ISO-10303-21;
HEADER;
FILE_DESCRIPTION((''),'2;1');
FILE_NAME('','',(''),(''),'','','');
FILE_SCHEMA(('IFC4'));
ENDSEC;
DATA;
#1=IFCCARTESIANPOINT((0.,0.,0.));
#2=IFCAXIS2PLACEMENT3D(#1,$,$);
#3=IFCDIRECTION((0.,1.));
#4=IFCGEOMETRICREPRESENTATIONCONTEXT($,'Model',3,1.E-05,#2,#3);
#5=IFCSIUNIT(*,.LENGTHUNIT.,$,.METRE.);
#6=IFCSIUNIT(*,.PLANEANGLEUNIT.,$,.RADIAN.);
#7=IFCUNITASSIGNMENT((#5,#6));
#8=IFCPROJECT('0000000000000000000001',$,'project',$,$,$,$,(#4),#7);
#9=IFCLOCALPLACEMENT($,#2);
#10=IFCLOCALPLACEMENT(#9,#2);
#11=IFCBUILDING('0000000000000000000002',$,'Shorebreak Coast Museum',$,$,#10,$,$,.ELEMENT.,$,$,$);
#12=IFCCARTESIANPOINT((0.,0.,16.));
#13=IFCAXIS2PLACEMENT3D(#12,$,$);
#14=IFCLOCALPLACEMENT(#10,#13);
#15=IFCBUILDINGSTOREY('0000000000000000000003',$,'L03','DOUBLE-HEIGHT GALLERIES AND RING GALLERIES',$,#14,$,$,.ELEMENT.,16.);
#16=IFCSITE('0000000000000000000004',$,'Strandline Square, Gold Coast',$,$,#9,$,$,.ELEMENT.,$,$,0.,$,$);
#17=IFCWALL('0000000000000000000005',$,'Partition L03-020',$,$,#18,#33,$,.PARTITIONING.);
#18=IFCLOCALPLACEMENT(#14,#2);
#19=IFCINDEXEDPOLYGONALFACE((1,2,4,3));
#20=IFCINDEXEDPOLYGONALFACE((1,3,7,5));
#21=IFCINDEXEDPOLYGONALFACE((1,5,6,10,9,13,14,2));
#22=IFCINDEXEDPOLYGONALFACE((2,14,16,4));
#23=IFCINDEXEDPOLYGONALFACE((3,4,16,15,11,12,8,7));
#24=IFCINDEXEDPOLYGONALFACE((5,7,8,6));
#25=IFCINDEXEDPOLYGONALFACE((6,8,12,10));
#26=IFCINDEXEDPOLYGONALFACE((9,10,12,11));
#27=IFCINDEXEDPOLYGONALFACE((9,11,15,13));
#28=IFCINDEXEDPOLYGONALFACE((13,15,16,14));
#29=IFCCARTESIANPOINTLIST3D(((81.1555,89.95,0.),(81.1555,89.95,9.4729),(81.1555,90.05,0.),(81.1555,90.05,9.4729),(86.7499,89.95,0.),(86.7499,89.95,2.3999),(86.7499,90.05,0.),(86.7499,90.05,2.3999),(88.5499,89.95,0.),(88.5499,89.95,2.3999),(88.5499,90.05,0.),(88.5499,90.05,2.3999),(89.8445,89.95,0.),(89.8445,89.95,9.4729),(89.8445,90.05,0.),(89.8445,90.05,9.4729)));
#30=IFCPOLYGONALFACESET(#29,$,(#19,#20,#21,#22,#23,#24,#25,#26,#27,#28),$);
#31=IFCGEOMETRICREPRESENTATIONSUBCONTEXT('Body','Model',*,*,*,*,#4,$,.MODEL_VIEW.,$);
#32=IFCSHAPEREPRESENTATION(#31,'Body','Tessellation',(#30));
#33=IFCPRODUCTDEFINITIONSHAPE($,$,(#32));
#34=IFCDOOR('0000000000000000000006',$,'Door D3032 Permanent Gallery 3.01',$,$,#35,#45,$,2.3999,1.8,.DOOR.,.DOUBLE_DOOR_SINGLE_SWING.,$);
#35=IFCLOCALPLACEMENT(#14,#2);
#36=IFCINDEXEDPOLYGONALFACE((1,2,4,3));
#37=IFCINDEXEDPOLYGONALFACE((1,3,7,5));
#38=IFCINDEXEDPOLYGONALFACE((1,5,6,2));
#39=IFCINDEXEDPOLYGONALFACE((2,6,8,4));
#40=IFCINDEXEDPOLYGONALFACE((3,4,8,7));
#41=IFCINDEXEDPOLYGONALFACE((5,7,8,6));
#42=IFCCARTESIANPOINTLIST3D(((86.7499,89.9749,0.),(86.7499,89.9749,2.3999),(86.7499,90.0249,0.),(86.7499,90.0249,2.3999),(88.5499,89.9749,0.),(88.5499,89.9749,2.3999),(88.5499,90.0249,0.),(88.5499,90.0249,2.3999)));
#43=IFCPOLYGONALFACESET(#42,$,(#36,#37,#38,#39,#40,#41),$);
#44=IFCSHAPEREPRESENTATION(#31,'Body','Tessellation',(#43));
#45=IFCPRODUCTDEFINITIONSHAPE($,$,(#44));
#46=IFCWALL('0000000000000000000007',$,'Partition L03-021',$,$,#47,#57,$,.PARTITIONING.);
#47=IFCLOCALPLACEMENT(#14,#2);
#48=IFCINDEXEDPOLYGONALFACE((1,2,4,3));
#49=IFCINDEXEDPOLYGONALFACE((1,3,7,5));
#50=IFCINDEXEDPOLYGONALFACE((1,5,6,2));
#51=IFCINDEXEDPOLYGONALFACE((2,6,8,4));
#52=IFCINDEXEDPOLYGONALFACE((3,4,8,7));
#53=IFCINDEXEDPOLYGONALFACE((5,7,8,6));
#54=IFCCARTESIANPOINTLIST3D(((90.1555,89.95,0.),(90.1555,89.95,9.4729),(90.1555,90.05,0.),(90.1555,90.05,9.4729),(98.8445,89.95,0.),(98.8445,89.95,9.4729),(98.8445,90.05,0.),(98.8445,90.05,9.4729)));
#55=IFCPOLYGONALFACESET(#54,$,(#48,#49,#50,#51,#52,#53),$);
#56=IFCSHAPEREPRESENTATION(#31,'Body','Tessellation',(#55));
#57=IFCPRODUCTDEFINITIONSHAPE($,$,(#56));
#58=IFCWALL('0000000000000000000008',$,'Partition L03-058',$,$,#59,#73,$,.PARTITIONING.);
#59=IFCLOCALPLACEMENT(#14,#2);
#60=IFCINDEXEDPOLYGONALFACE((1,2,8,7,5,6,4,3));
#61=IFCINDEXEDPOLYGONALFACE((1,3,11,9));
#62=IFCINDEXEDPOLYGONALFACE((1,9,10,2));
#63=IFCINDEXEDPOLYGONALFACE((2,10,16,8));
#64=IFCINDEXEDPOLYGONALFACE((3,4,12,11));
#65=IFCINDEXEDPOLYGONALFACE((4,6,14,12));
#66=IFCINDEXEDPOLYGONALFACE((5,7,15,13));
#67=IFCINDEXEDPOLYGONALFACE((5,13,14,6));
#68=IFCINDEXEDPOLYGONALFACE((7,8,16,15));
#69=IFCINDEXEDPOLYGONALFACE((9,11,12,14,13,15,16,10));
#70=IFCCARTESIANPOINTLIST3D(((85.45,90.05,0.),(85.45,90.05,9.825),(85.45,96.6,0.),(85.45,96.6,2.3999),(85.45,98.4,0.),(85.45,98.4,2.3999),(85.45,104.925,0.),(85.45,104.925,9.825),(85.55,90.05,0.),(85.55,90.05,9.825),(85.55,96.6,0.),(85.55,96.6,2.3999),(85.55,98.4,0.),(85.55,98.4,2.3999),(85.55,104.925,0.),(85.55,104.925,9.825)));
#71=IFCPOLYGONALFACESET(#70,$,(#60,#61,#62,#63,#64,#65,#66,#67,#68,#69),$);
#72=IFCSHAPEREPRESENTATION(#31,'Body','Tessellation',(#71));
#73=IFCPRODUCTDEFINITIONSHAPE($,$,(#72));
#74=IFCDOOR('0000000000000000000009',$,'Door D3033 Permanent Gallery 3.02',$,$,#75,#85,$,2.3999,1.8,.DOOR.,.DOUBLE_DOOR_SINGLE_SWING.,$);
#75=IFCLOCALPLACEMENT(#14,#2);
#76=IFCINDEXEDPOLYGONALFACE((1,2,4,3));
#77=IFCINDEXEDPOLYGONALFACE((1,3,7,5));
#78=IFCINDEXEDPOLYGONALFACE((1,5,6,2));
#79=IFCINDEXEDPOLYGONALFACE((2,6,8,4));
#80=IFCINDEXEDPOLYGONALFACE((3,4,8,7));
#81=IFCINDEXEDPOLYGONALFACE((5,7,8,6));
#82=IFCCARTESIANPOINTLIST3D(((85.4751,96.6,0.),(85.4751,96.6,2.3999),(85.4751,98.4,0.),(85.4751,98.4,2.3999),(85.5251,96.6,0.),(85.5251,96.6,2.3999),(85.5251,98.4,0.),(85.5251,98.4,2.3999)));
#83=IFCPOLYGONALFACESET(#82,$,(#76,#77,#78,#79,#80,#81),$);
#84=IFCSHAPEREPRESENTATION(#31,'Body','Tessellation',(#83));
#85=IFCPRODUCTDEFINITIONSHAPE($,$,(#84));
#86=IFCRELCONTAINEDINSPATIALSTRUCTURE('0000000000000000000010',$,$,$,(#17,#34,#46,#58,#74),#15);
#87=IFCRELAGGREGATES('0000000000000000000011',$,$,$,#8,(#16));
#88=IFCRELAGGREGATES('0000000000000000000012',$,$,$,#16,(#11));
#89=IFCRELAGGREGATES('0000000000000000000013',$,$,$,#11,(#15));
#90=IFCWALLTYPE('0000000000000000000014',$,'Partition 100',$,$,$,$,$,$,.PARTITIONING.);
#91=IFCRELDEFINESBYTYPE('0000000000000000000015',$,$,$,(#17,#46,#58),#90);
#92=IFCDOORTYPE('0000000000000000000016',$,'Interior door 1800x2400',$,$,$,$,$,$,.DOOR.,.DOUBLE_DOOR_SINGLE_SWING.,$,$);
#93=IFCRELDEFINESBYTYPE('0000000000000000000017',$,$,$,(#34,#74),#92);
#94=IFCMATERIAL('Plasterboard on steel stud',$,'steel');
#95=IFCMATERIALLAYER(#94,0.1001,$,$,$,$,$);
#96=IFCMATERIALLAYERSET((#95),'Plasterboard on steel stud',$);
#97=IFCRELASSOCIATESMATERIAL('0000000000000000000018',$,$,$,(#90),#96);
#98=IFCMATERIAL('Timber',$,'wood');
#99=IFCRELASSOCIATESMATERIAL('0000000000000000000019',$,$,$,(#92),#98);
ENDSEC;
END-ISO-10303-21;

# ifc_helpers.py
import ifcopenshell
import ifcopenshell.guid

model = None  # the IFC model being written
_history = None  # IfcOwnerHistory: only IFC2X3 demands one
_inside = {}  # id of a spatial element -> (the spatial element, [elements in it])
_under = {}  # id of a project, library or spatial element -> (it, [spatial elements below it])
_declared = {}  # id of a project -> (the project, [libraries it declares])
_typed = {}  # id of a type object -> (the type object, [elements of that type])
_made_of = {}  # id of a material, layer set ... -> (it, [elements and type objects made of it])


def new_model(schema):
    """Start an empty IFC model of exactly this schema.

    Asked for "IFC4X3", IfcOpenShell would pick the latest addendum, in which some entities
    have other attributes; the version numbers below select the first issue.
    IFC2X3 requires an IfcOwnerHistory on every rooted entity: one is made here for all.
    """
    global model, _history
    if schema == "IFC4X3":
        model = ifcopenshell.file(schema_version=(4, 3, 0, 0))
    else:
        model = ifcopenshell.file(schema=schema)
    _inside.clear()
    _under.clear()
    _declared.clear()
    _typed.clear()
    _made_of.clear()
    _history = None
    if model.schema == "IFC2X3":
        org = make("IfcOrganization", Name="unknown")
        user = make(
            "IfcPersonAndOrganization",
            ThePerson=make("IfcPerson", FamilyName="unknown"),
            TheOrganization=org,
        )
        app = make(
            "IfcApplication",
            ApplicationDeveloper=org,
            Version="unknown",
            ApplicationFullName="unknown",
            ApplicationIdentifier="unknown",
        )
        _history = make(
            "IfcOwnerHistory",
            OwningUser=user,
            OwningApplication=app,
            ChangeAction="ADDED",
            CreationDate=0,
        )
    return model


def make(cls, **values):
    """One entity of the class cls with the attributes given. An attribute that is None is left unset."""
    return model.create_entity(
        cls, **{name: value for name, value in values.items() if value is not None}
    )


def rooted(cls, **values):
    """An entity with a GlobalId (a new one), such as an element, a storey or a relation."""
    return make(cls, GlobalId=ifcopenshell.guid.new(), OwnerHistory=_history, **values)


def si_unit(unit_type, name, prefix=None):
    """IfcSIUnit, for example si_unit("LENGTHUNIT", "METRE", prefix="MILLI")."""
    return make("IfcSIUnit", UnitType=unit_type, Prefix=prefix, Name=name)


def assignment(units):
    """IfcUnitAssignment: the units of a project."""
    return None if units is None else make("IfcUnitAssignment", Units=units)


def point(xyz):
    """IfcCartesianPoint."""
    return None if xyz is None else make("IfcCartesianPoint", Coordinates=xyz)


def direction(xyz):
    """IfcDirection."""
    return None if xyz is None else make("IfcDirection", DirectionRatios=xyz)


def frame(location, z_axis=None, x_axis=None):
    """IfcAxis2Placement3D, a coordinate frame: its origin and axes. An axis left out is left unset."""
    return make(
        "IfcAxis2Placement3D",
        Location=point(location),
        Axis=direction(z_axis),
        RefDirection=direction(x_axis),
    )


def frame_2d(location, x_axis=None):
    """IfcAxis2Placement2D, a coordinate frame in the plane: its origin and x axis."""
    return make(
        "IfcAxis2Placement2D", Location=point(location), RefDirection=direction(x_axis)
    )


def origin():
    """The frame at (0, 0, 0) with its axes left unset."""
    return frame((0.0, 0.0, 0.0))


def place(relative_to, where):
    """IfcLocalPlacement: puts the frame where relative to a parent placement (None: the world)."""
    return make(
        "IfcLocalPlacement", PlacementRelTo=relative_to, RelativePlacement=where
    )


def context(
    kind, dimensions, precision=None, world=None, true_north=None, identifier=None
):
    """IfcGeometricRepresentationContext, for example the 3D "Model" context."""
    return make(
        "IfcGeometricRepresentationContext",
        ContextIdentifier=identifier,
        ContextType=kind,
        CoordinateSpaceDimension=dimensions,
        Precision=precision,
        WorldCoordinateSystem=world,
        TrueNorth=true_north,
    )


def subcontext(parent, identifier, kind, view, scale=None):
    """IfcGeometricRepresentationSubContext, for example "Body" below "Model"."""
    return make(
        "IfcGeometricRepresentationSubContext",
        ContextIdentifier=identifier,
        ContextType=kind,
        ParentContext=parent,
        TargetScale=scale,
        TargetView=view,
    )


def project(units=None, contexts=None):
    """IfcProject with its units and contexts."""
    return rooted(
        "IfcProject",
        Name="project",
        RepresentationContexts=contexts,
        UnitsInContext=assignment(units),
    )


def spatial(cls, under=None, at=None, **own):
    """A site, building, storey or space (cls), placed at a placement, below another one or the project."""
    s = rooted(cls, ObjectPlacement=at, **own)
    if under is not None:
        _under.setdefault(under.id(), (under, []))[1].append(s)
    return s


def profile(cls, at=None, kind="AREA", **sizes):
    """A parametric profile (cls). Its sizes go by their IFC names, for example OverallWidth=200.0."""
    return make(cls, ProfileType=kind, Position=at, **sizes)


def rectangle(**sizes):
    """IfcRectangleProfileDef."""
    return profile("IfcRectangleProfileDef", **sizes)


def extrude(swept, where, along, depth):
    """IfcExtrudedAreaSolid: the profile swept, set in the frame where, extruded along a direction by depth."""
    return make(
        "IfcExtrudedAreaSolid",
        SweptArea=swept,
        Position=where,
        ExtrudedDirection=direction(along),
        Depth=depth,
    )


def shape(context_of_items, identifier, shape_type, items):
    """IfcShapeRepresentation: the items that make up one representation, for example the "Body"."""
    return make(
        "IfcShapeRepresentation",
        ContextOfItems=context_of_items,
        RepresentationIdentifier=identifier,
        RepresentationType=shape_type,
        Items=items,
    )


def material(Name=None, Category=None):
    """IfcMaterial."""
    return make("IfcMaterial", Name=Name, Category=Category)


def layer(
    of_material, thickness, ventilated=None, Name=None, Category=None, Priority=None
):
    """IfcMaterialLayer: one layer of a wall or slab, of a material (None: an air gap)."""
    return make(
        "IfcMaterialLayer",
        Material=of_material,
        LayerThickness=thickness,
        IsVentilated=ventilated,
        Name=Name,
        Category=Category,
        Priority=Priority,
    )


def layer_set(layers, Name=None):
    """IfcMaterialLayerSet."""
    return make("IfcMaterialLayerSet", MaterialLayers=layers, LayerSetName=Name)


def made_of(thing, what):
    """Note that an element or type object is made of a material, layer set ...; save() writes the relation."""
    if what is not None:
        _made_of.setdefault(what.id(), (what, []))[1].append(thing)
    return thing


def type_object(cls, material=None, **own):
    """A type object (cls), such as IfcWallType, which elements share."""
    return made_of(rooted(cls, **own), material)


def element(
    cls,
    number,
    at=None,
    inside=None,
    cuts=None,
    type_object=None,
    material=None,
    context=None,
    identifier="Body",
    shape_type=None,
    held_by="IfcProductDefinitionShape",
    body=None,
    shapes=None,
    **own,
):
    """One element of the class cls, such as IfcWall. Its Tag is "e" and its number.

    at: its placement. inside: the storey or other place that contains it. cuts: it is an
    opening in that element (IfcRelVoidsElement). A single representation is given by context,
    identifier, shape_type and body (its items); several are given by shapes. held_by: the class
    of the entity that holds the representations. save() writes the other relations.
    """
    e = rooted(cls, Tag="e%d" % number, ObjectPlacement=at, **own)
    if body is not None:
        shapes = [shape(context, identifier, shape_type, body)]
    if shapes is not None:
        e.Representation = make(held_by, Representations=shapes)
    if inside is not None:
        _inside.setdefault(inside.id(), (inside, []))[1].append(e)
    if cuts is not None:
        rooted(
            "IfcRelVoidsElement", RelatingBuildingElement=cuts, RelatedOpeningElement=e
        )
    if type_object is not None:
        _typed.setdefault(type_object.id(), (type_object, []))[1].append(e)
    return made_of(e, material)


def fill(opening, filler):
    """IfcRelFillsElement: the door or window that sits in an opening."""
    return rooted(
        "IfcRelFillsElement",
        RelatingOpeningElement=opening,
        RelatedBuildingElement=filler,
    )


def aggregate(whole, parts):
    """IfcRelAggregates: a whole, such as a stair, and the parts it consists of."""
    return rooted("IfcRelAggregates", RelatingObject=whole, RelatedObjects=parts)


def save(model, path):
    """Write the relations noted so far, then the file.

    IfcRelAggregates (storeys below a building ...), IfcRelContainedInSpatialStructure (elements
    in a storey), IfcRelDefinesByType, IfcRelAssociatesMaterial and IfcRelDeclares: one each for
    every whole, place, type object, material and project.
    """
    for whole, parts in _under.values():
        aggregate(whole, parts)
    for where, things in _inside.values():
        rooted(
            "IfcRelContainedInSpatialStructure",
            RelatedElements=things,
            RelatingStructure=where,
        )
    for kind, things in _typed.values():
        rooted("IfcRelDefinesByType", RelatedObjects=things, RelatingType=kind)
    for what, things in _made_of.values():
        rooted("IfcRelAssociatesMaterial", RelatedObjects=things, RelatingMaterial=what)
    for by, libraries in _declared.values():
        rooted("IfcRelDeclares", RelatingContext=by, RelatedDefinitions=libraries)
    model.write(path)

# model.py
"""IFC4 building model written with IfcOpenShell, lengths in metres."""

from ifc_helpers import new_model, si_unit, direction, frame, frame_2d, origin, place, context, subcontext, project, spatial, rectangle, extrude, material, layer, layer_set, type_object, element, fill, save


model = new_model("IFC4")

# Units and contexts
model_context = context("Model", 3, precision=1e-05, world=origin(), true_north=direction((0.0, 1.0)))
body_context = subcontext(model_context, "Body", "Model", "MODEL_VIEW")
ifc_project = project(units=[si_unit("LENGTHUNIT", "METRE"), si_unit("PLANEANGLEUNIT", "RADIAN")], contexts=[model_context])

# Site, building, storey
site_placement = place(None, origin())
site = spatial("IfcSite", under=ifc_project, at=site_placement, Name="Strandline Square, Gold Coast", CompositionType="ELEMENT", RefElevation=0.0)
building_placement = place(site_placement, origin())
building = spatial("IfcBuilding", under=site, at=building_placement, Name="Shorebreak Coast Museum", CompositionType="ELEMENT")
storey_placement = place(building_placement, frame((0.0, 0.0, 16.0)))
storey = spatial("IfcBuildingStorey", under=building, at=storey_placement, Name="L03", Description="DOUBLE-HEIGHT GALLERIES AND RING GALLERIES", CompositionType="ELEMENT", Elevation=16.0)

# Wall, opening, door
ifc_material_1 = material(Name="Plasterboard on steel stud", Category="steel")
ifc_layer_1 = layer(ifc_material_1, 0.1001)
ifc_layer_set_1 = layer_set([ifc_layer_1], Name="Plasterboard on steel stud")
wall_type_1 = type_object("IfcWallType", Name="Partition 100", PredefinedType="PARTITIONING", material=ifc_layer_set_1)
wall_1_placement = place(storey_placement, frame((81.1555, 90.0, 0.0), z_axis=(0.0, 0.0, 1.0), x_axis=(1.0, 0.0, 0.0)))
wall_1 = element("IfcWall", 1, at=wall_1_placement, inside=storey, type_object=wall_type_1, Name="Partition L03-020", PredefinedType="PARTITIONING", context=body_context, shape_type="SweptSolid", body=[
    extrude(rectangle(XDim=8.689, YDim=0.1001, at=frame_2d((4.3445, 0.0))), origin(), (0.0, 0.0, 1.0), 9.4729),
])
opening_1_placement = place(wall_1_placement, frame((5.5945, 0.0, 0.0)))
opening_1 = element("IfcOpeningElement", 2, at=opening_1_placement, cuts=wall_1, PredefinedType="OPENING", context=body_context, shape_type="SweptSolid", body=[
    extrude(rectangle(XDim=1.8, YDim=2.3999, at=frame_2d((0.8999, 1.2))), frame((0.0, 0.0601, 0.0), z_axis=(0.0, -1.0, 0.0), x_axis=(1.0, 0.0, 0.0)), (0.0, 0.0, 1.0), 0.1201),
])
ifc_material_2 = material(Name="Timber", Category="wood")
door_type = type_object("IfcDoorType", Name="Interior door 1800x2400", OperationType="DOUBLE_DOOR_SINGLE_SWING", PredefinedType="DOOR", material=ifc_material_2)
door_1_placement = place(opening_1_placement, origin())
door_1 = element("IfcDoor", 3, at=door_1_placement, inside=storey, type_object=door_type, Name="Door D3032 Permanent Gallery 3.01", OperationType="DOUBLE_DOOR_SINGLE_SWING", OverallHeight=2.3999, OverallWidth=1.8, PredefinedType="DOOR", context=body_context, shape_type="SweptSolid", body=[
    extrude(rectangle(XDim=1.8, YDim=2.3999, at=frame_2d((0.8999, 1.2))), frame((0.0, 0.0249, 0.0), z_axis=(0.0, -1.0, 0.0), x_axis=(1.0, 0.0, 0.0)), (0.0, 0.0, 1.0), 0.05),
])
fill(opening_1, door_1)

# Wall
wall_2_placement = place(storey_placement, frame((90.1555, 90.0, 0.0), z_axis=(0.0, 0.0, 1.0), x_axis=(1.0, 0.0, 0.0)))
element("IfcWall", 4, at=wall_2_placement, inside=storey, type_object=wall_type_1, Name="Partition L03-021", PredefinedType="PARTITIONING", context=body_context, shape_type="SweptSolid", body=[
    extrude(rectangle(XDim=8.689, YDim=0.1001, at=frame_2d((4.3445, 0.0))), origin(), (0.0, 0.0, 1.0), 9.4729),
])

# Wall, opening, door
wall_3_placement = place(storey_placement, frame((85.5, 90.05, 0.0), z_axis=(0.0, 0.0, 1.0), x_axis=(0.0, 1.0, 0.0)))
wall_3 = element("IfcWall", 5, at=wall_3_placement, inside=storey, type_object=wall_type_1, Name="Partition L03-058", PredefinedType="PARTITIONING", context=body_context, shape_type="SweptSolid", body=[
    extrude(rectangle(XDim=14.875, YDim=0.1001, at=frame_2d((7.4375, 0.0))), origin(), (0.0, 0.0, 1.0), 9.825),
])
opening_2_placement = place(wall_3_placement, frame((6.55, 0.0, 0.0)))
opening_2 = element("IfcOpeningElement", 6, at=opening_2_placement, cuts=wall_3, PredefinedType="OPENING", context=body_context, shape_type="SweptSolid", body=[
    extrude(rectangle(XDim=1.8, YDim=2.3999, at=frame_2d((0.8999, 1.2))), frame((0.0, 0.0601, 0.0), z_axis=(0.0, -1.0, 0.0), x_axis=(1.0, 0.0, 0.0)), (0.0, 0.0, 1.0), 0.1201),
])
door_2_placement = place(opening_2_placement, origin())
door_2 = element("IfcDoor", 7, at=door_2_placement, inside=storey, type_object=door_type, Name="Door D3033 Permanent Gallery 3.02", OperationType="DOUBLE_DOOR_SINGLE_SWING", OverallHeight=2.3999, OverallWidth=1.8, PredefinedType="DOOR", context=body_context, shape_type="SweptSolid", body=[
    extrude(rectangle(XDim=1.8, YDim=2.3999, at=frame_2d((0.8999, 1.2))), frame((0.0, 0.0249, 0.0), z_axis=(0.0, -1.0, 0.0), x_axis=(1.0, 0.0, 0.0)), (0.0, 0.0, 1.0), 0.05),
])
fill(opening_2, door_2)

save(model, "model.ifc")
